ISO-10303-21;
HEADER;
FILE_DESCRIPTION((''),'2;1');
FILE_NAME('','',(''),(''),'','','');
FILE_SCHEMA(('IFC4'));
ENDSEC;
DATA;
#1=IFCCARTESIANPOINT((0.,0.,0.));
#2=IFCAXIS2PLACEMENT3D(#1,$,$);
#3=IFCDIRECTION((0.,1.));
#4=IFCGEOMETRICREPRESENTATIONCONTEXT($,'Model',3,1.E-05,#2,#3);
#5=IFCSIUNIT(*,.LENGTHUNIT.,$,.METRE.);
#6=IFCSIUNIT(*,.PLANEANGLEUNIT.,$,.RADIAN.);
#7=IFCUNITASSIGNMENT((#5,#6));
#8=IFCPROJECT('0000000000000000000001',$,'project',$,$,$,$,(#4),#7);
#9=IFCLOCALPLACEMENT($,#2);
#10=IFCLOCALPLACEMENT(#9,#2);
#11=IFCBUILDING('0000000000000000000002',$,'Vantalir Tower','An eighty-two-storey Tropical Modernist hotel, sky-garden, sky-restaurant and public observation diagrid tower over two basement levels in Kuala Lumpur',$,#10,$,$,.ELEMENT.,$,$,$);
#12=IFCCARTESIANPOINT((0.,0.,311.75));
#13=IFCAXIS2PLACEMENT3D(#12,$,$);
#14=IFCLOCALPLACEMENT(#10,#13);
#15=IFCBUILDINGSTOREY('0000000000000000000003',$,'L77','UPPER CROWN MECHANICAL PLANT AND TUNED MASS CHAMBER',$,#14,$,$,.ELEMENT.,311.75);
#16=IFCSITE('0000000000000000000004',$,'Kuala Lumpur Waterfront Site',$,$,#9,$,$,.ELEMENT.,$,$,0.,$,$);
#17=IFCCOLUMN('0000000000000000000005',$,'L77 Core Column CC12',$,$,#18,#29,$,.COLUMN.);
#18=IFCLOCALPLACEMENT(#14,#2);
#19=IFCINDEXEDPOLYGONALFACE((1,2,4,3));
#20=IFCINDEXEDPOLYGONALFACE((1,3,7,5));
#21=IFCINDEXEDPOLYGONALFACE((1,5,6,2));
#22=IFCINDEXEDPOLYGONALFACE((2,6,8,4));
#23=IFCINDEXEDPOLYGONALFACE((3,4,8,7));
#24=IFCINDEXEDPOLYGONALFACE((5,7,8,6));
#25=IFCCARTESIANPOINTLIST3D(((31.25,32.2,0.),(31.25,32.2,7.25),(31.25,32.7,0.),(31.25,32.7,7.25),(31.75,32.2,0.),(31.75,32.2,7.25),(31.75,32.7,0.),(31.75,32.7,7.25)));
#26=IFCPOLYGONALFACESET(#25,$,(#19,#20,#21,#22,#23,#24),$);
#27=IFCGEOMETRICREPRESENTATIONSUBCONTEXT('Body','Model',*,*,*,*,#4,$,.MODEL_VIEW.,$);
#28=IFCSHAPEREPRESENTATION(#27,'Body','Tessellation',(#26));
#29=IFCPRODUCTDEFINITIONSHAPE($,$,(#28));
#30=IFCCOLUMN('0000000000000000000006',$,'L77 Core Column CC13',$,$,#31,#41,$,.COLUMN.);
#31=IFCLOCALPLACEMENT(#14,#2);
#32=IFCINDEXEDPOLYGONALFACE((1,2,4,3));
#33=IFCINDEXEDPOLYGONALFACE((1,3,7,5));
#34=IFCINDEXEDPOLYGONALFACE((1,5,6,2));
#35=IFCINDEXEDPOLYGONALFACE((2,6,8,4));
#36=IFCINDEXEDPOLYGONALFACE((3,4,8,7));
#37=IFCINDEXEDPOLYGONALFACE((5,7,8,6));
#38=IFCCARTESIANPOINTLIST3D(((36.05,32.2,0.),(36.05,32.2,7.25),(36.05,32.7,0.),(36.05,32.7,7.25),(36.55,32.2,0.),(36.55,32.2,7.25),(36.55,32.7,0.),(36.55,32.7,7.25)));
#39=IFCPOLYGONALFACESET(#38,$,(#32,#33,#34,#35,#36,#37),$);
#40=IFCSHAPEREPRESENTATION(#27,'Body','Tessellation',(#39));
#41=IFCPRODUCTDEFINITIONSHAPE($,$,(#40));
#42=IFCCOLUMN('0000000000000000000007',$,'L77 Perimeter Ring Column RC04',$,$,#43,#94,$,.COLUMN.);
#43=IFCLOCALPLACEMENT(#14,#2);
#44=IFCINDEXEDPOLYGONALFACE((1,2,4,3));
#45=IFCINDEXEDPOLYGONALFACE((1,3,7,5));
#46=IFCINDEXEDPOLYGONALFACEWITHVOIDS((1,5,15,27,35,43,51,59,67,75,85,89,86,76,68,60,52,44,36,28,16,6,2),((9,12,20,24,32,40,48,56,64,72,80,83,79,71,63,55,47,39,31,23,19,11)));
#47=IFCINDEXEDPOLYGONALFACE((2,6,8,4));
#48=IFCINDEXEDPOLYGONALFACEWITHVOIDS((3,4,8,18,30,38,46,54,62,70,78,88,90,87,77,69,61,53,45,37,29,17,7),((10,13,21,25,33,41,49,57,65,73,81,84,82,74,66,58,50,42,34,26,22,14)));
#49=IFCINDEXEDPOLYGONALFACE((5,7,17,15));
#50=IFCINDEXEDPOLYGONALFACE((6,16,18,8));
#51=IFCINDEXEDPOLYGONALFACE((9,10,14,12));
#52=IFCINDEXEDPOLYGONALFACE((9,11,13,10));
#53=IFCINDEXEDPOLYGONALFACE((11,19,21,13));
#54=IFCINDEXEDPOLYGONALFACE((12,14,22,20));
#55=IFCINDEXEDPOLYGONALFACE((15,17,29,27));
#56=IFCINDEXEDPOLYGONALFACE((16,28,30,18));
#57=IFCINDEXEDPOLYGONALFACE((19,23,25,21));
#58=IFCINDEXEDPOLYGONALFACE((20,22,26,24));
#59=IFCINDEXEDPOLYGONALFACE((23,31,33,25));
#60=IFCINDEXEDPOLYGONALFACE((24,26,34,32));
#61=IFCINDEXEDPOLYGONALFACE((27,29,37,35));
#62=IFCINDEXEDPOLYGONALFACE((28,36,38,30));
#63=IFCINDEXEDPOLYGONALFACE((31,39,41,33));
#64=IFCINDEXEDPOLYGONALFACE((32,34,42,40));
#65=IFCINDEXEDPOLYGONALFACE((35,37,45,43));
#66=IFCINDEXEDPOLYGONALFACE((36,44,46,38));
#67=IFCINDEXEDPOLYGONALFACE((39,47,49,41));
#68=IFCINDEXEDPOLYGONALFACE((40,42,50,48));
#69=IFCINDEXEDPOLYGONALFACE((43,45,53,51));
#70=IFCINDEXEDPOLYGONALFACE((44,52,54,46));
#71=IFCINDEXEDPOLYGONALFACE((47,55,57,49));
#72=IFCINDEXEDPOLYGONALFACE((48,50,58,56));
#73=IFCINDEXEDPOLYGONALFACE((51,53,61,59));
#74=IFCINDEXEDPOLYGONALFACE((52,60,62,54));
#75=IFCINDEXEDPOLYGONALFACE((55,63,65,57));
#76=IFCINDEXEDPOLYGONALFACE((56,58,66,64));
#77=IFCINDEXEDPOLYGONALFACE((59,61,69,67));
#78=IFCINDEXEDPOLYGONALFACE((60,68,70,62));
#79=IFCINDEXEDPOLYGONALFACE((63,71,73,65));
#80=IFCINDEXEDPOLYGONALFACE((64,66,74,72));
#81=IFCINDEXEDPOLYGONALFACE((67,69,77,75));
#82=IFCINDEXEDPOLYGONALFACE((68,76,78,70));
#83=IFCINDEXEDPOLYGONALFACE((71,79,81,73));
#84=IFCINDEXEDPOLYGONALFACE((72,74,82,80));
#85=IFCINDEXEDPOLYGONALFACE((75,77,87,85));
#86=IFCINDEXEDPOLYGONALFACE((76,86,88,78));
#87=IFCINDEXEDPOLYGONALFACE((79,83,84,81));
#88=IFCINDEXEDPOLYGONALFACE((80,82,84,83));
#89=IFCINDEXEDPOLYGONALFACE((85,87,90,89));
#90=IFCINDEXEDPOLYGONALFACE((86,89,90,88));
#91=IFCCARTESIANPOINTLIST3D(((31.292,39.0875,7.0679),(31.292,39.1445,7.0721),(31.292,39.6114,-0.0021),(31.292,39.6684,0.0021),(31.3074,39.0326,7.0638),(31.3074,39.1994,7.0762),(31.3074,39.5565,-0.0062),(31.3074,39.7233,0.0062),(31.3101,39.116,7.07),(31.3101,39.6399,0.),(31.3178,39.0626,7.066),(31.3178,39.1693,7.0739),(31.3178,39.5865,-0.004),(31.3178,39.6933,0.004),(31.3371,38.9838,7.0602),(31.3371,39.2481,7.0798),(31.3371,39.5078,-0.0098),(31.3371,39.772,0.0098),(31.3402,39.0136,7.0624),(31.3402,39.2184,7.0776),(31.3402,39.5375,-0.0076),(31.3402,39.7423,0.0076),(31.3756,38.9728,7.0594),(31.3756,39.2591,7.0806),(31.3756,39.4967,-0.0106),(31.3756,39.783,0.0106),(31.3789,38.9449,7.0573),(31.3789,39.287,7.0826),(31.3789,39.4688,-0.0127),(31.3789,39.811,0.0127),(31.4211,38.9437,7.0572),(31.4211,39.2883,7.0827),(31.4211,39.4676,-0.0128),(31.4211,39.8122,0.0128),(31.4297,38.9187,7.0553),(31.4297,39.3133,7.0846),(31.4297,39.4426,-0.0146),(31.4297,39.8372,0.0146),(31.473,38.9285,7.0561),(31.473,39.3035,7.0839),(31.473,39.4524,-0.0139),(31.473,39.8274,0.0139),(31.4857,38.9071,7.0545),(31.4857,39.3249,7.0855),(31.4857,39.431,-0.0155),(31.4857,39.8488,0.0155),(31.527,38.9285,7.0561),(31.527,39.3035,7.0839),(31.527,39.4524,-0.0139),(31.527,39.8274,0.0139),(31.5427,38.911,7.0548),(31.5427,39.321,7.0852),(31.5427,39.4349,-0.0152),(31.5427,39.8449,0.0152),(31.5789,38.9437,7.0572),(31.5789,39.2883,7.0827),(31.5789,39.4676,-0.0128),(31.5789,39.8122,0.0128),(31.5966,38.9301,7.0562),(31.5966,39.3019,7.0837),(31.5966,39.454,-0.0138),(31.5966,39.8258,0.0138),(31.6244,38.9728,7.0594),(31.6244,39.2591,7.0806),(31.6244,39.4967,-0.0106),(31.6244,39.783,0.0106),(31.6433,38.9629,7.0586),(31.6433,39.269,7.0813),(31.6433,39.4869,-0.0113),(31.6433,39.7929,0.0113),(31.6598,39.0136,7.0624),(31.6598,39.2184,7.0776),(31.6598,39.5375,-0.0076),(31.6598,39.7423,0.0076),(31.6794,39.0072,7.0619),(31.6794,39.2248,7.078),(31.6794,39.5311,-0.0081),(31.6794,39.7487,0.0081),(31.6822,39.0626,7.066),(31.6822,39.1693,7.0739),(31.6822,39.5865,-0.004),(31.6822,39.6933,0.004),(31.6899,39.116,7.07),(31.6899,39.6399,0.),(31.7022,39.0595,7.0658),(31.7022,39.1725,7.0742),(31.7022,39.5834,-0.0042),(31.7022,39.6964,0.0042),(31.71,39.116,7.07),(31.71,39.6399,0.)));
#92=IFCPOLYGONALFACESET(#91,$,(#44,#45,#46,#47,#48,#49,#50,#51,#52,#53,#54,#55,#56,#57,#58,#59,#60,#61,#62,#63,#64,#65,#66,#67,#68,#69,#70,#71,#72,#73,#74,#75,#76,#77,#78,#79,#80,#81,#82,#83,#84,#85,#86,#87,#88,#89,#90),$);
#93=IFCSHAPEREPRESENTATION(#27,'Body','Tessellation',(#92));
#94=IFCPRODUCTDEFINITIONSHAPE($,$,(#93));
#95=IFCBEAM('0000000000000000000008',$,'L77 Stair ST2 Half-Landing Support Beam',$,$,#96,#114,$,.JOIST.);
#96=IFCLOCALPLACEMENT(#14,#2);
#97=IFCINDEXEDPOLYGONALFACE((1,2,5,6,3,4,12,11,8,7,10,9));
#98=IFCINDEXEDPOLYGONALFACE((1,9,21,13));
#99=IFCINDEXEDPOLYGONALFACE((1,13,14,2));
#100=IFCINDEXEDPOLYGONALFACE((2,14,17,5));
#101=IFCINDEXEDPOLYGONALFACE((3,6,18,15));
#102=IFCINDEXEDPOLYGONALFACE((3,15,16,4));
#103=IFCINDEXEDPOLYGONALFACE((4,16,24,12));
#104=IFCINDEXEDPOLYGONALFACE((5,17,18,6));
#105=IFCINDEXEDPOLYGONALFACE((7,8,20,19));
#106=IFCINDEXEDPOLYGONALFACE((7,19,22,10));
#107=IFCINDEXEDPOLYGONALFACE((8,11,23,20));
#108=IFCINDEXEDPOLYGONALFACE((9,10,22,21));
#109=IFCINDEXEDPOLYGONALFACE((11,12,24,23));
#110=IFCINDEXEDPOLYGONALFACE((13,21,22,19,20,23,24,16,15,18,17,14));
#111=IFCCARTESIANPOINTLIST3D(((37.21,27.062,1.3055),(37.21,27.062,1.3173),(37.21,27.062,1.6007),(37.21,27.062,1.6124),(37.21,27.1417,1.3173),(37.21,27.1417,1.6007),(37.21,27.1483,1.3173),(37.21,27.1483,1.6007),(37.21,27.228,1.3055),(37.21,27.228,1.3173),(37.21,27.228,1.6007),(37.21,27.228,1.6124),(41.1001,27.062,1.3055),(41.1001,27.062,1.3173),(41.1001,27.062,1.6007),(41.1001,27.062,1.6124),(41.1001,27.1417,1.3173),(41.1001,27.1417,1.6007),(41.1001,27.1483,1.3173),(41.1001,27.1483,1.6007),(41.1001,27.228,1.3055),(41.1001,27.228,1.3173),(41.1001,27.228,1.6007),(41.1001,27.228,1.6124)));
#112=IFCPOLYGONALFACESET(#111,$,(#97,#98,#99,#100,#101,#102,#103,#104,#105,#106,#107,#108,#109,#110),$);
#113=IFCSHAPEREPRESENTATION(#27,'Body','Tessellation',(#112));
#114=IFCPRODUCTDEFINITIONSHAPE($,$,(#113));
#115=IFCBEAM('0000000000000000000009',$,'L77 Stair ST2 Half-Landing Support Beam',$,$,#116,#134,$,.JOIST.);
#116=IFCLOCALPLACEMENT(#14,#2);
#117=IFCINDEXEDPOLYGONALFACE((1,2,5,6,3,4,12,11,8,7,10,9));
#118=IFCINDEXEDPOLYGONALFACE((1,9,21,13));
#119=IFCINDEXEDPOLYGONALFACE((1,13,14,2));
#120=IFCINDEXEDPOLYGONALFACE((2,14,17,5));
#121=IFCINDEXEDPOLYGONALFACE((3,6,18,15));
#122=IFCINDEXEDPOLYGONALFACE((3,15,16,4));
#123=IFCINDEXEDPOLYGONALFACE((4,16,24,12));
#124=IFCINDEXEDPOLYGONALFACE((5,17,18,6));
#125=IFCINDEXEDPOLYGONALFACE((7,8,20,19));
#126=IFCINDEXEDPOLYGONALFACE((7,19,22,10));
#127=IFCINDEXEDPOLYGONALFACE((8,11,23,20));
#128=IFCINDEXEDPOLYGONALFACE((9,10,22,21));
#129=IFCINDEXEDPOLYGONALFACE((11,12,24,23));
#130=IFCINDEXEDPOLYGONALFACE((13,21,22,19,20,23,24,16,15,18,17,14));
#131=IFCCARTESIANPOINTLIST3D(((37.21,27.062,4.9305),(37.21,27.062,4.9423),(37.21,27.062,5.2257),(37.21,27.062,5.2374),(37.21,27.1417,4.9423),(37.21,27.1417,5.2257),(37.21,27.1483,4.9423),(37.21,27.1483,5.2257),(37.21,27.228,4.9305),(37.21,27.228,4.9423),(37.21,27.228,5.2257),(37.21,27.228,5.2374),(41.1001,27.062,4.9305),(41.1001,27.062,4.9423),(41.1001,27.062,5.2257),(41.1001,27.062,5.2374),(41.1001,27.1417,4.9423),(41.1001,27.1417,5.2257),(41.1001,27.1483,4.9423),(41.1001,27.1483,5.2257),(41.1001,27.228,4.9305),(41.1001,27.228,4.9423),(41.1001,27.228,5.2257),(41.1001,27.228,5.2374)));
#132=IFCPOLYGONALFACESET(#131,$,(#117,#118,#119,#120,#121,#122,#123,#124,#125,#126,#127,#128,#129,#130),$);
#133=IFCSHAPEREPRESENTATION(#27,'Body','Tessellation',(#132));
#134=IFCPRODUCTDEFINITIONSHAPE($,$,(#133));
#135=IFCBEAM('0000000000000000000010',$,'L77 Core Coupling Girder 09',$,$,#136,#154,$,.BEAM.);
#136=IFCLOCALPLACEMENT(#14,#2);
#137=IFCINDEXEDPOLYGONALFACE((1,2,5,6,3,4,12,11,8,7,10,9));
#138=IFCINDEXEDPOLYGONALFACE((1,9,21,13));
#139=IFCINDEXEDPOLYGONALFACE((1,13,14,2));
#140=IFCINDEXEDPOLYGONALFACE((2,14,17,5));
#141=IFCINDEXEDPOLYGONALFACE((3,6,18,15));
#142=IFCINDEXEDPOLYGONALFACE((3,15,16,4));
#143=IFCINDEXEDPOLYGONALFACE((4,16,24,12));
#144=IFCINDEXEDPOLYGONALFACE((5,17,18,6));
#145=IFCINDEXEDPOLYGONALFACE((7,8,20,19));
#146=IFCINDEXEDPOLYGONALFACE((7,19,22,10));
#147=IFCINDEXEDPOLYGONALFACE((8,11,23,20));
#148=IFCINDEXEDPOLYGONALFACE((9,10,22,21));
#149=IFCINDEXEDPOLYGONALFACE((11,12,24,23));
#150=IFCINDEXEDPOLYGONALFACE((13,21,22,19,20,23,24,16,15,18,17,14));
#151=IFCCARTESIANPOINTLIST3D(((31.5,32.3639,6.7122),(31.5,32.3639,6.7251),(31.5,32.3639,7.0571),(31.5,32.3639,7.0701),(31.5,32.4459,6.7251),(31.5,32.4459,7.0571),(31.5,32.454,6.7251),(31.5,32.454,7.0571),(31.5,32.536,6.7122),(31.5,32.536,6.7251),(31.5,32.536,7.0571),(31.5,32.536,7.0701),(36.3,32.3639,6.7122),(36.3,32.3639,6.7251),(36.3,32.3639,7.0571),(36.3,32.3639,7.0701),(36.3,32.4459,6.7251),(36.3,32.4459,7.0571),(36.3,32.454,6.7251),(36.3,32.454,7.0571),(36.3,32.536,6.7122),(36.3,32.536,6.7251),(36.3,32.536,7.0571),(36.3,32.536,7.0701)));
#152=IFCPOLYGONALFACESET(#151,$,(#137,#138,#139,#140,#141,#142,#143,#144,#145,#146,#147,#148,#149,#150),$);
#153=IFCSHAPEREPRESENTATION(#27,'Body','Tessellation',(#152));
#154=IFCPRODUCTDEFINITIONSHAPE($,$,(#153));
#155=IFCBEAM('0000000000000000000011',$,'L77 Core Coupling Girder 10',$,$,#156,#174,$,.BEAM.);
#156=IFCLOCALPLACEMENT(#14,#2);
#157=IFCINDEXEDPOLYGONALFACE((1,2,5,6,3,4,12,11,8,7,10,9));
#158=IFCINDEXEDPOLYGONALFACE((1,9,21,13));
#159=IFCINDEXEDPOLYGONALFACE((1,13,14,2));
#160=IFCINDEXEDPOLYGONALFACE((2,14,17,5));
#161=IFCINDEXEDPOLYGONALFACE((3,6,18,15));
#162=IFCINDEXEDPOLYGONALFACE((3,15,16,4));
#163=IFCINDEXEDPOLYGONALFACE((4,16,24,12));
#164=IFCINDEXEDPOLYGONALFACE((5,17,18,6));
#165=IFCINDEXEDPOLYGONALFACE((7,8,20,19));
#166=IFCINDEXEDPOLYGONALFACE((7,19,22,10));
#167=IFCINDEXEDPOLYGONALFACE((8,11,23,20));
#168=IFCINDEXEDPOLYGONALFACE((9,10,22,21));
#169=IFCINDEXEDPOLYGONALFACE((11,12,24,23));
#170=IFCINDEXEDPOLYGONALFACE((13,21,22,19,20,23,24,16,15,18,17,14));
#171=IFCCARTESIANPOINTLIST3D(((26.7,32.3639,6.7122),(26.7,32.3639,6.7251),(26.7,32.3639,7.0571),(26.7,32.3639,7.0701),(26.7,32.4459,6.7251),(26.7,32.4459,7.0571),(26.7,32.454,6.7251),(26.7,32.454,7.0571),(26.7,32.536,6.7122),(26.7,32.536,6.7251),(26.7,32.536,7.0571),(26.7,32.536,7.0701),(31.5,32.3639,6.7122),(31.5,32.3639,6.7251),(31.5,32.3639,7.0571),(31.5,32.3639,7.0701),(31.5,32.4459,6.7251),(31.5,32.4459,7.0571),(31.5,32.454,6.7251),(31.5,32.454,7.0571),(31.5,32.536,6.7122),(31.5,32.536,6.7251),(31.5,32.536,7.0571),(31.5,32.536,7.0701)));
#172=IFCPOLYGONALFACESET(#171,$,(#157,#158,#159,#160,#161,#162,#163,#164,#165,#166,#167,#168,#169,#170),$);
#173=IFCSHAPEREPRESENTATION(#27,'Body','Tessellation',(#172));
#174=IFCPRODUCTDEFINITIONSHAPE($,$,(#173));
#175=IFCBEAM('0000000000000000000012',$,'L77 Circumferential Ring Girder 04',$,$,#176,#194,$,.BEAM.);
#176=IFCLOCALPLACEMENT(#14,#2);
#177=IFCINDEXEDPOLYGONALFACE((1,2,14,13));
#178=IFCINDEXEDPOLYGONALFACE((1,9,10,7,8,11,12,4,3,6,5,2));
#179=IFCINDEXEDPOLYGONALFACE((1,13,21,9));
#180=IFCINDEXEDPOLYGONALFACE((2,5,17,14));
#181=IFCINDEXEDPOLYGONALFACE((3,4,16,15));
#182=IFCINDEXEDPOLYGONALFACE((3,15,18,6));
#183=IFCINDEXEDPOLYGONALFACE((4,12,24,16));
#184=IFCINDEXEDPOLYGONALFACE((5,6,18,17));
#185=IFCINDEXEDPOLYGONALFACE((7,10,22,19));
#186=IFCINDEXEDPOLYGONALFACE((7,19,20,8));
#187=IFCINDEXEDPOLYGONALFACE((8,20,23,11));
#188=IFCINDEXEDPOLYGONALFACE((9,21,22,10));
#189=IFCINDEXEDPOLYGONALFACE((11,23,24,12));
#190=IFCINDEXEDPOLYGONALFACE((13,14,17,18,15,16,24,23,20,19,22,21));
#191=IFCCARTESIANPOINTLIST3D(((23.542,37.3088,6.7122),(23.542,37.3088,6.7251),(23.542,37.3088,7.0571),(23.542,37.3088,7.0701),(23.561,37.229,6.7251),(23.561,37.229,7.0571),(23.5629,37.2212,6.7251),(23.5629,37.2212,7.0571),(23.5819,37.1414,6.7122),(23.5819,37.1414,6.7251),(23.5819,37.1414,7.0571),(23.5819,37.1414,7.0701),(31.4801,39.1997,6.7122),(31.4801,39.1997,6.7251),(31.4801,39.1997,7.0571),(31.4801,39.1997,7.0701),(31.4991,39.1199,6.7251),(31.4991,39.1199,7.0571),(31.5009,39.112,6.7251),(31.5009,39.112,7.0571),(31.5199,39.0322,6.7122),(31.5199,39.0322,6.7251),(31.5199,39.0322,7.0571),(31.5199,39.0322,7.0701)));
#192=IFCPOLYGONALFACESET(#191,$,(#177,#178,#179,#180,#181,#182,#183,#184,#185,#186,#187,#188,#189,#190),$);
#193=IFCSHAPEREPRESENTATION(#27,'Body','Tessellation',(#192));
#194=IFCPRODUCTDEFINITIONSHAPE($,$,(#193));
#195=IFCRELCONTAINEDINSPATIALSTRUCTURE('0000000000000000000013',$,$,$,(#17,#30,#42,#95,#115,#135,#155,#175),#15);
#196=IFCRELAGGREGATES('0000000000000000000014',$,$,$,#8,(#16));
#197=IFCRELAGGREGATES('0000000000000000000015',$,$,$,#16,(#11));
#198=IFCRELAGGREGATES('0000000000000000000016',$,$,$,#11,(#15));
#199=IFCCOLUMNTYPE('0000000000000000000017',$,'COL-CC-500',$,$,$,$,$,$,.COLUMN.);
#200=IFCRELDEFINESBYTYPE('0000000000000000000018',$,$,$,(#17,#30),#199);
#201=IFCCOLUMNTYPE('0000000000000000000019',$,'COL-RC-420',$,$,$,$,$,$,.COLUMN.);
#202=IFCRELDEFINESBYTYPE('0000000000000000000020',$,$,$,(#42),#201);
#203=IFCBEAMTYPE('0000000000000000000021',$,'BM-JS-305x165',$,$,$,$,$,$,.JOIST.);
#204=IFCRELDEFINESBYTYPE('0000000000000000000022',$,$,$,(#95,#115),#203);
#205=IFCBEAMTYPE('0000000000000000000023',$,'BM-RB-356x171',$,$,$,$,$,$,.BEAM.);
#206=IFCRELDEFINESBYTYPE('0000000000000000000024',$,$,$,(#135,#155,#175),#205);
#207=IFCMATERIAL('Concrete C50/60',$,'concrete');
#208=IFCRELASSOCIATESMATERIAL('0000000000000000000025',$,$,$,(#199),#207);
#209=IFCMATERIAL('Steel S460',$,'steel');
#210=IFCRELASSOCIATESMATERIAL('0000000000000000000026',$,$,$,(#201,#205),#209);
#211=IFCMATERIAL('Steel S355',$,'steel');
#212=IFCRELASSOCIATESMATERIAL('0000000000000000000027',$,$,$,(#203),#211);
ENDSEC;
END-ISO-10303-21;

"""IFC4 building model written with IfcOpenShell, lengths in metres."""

from ifc_helpers import new_model, si_unit, direction, frame, origin, origin_2d, place, context, subcontext, project, spatial, rectangle, hollow_circle, i_section, extrude, material, material_profile, profile_set, type_object, element, save


model = new_model("IFC4")

# Units and contexts
model_context = context("Model", 3, precision=1e-05, world=origin(), true_north=direction((0.0, 1.0)))
body_context = subcontext(model_context, "Body", "Model", "MODEL_VIEW")
ifc_project = project(units=[si_unit("LENGTHUNIT", "METRE"), si_unit("PLANEANGLEUNIT", "RADIAN")], contexts=[model_context])

# Site, building, storey
site_placement = place(None, origin())
site = spatial("IfcSite", under=ifc_project, at=site_placement, Name="Kuala Lumpur Waterfront Site", CompositionType="ELEMENT", RefElevation=0.0)
building_placement = place(site_placement, origin())
building = spatial("IfcBuilding", under=site, at=building_placement, Name="Vantalir Tower", Description="An eighty-two-storey Tropical Modernist hotel, sky-garden, sky-restaurant and public observation diagrid tower over two basement levels in Kuala Lumpur", CompositionType="ELEMENT")
storey_placement = place(building_placement, frame((0.0, 0.0, 311.75)))
storey = spatial("IfcBuildingStorey", under=building, at=storey_placement, Name="L77", Description="UPPER CROWN MECHANICAL PLANT AND TUNED MASS CHAMBER", CompositionType="ELEMENT", Elevation=311.75)

# Columns
ifc_material_1 = material(Name="Concrete C50/60", Category="concrete")
ifc_material_profile_1 = material_profile(ifc_material_1, rectangle(XDim=0.5, YDim=0.5, at=origin_2d()), Name="Concrete C50/60")
ifc_profile_set_1 = profile_set([ifc_material_profile_1], Name="Concrete C50/60")
column_type_1 = type_object("IfcColumnType", Name="COL-CC-500", PredefinedType="COLUMN", material=ifc_profile_set_1)
for number, where, z_axis, x_axis, name in (
    (1, (31.5, 32.45, 0.0), (0.0, 0.0, 1.0), (1.0, 0.0, 0.0), "L77 Core Column CC12"),
    (2, (36.3, 32.45, 0.0), (0.0, 0.0, 1.0), (1.0, 0.0, 0.0), "L77 Core Column CC13"),
):
    element("IfcColumn", number, at=place(storey_placement, frame(where, z_axis=z_axis, x_axis=x_axis)), inside=storey, type_object=column_type_1, Name=name, PredefinedType="COLUMN", context=body_context, shape_type="SweptSolid", body=[
        extrude(rectangle(XDim=0.5, YDim=0.5, at=origin_2d()), origin(), (0.0, 0.0, 1.0), 7.25),
    ])
ifc_material_2 = material(Name="Steel S460", Category="steel")
ifc_material_profile_2 = material_profile(ifc_material_2, hollow_circle(Radius=0.21, WallThickness=0.02, at=origin_2d()), Name="Steel S460")
ifc_profile_set_2 = profile_set([ifc_material_profile_2], Name="Steel S460")
column_type_2 = type_object("IfcColumnType", Name="COL-RC-420", PredefinedType="COLUMN", material=ifc_profile_set_2)
column_placement = place(storey_placement, frame((31.5, 39.6399, 0.0), z_axis=(0.0, -0.073902, 0.997265), x_axis=(1.0, 0.0, 0.0)))
element("IfcColumn", 3, at=column_placement, inside=storey, type_object=column_type_2, Name="L77 Perimeter Ring Column RC04", PredefinedType="COLUMN", context=body_context, shape_type="SweptSolid", body=[
    extrude(hollow_circle(Radius=0.21, WallThickness=0.02, at=origin_2d()), origin(), (0.0, 0.0, 1.0), 7.0894),
])

# Beams
ifc_material_3 = material(Name="Steel S355", Category="steel")
ifc_material_profile_3 = material_profile(ifc_material_3, i_section(OverallWidth=0.166, OverallDepth=0.3069, WebThickness=0.0066, FlangeThickness=0.0117, at=origin_2d()), Name="Steel S355")
ifc_profile_set_3 = profile_set([ifc_material_profile_3], Name="Steel S355")
beam_type_1 = type_object("IfcBeamType", Name="BM-JS-305x165", PredefinedType="JOIST", material=ifc_profile_set_3)
for number, where, z_axis, x_axis, name in (
    (4, (37.21, 27.145, 1.459), (1.0, 0.0, 0.0), (0.0, 1.0, 0.0), "L77 Stair ST2 Half-Landing Support Beam"),
    (5, (37.21, 27.145, 5.084), (1.0, 0.0, 0.0), (0.0, 1.0, 0.0), "L77 Stair ST2 Half-Landing Support Beam"),
):
    element("IfcBeam", number, at=place(storey_placement, frame(where, z_axis=z_axis, x_axis=x_axis)), inside=storey, type_object=beam_type_1, Name=name, PredefinedType="JOIST", context=body_context, shape_type="SweptSolid", body=[
        extrude(i_section(OverallWidth=0.166, OverallDepth=0.3069, WebThickness=0.0066, FlangeThickness=0.0117, at=origin_2d()), origin(), (0.0, 0.0, 1.0), 3.8901),
    ])
ifc_material_profile_4 = material_profile(ifc_material_2, i_section(OverallWidth=0.1721, OverallDepth=0.3579, WebThickness=0.0081, FlangeThickness=0.0129, at=origin_2d()), Name="Steel S460")
ifc_profile_set_4 = profile_set([ifc_material_profile_4], Name="Steel S460")
beam_type_2 = type_object("IfcBeamType", Name="BM-RB-356x171", PredefinedType="BEAM", material=ifc_profile_set_4)
for number, where, z_axis, x_axis, name in (
    (6, (36.3, 32.45, 6.8911), (-1.0, 0.0, 0.0), (0.0, -1.0, 0.0), "L77 Core Coupling Girder 09"),
    (7, (31.5, 32.45, 6.8911), (-1.0, 0.0, 0.0), (0.0, -1.0, 0.0), "L77 Core Coupling Girder 10"),
):
    element("IfcBeam", number, at=place(storey_placement, frame(where, z_axis=z_axis, x_axis=x_axis)), inside=storey, type_object=beam_type_2, Name=name, PredefinedType="BEAM", context=body_context, shape_type="SweptSolid", body=[
        extrude(i_section(OverallWidth=0.1721, OverallDepth=0.3579, WebThickness=0.0081, FlangeThickness=0.0129, at=origin_2d()), origin(), (0.0, 0.0, 1.0), 4.8),
    ])
beam_1_placement = place(storey_placement, frame((31.5, 39.116, 6.8911), z_axis=(-0.972782, -0.231722, 0.0), x_axis=(0.231722, -0.972782, 0.0)))
element("IfcBeam", 8, at=beam_1_placement, inside=storey, type_object=beam_type_2, Name="L77 Circumferential Ring Girder 04", PredefinedType="BEAM", context=body_context, shape_type="SweptSolid", body=[
    extrude(i_section(OverallWidth=0.1721, OverallDepth=0.3579, WebThickness=0.0081, FlangeThickness=0.0129, at=origin_2d()), origin(), (0.0, 0.0, 1.0), 8.1602),
])

save(model, "model.ifc")
